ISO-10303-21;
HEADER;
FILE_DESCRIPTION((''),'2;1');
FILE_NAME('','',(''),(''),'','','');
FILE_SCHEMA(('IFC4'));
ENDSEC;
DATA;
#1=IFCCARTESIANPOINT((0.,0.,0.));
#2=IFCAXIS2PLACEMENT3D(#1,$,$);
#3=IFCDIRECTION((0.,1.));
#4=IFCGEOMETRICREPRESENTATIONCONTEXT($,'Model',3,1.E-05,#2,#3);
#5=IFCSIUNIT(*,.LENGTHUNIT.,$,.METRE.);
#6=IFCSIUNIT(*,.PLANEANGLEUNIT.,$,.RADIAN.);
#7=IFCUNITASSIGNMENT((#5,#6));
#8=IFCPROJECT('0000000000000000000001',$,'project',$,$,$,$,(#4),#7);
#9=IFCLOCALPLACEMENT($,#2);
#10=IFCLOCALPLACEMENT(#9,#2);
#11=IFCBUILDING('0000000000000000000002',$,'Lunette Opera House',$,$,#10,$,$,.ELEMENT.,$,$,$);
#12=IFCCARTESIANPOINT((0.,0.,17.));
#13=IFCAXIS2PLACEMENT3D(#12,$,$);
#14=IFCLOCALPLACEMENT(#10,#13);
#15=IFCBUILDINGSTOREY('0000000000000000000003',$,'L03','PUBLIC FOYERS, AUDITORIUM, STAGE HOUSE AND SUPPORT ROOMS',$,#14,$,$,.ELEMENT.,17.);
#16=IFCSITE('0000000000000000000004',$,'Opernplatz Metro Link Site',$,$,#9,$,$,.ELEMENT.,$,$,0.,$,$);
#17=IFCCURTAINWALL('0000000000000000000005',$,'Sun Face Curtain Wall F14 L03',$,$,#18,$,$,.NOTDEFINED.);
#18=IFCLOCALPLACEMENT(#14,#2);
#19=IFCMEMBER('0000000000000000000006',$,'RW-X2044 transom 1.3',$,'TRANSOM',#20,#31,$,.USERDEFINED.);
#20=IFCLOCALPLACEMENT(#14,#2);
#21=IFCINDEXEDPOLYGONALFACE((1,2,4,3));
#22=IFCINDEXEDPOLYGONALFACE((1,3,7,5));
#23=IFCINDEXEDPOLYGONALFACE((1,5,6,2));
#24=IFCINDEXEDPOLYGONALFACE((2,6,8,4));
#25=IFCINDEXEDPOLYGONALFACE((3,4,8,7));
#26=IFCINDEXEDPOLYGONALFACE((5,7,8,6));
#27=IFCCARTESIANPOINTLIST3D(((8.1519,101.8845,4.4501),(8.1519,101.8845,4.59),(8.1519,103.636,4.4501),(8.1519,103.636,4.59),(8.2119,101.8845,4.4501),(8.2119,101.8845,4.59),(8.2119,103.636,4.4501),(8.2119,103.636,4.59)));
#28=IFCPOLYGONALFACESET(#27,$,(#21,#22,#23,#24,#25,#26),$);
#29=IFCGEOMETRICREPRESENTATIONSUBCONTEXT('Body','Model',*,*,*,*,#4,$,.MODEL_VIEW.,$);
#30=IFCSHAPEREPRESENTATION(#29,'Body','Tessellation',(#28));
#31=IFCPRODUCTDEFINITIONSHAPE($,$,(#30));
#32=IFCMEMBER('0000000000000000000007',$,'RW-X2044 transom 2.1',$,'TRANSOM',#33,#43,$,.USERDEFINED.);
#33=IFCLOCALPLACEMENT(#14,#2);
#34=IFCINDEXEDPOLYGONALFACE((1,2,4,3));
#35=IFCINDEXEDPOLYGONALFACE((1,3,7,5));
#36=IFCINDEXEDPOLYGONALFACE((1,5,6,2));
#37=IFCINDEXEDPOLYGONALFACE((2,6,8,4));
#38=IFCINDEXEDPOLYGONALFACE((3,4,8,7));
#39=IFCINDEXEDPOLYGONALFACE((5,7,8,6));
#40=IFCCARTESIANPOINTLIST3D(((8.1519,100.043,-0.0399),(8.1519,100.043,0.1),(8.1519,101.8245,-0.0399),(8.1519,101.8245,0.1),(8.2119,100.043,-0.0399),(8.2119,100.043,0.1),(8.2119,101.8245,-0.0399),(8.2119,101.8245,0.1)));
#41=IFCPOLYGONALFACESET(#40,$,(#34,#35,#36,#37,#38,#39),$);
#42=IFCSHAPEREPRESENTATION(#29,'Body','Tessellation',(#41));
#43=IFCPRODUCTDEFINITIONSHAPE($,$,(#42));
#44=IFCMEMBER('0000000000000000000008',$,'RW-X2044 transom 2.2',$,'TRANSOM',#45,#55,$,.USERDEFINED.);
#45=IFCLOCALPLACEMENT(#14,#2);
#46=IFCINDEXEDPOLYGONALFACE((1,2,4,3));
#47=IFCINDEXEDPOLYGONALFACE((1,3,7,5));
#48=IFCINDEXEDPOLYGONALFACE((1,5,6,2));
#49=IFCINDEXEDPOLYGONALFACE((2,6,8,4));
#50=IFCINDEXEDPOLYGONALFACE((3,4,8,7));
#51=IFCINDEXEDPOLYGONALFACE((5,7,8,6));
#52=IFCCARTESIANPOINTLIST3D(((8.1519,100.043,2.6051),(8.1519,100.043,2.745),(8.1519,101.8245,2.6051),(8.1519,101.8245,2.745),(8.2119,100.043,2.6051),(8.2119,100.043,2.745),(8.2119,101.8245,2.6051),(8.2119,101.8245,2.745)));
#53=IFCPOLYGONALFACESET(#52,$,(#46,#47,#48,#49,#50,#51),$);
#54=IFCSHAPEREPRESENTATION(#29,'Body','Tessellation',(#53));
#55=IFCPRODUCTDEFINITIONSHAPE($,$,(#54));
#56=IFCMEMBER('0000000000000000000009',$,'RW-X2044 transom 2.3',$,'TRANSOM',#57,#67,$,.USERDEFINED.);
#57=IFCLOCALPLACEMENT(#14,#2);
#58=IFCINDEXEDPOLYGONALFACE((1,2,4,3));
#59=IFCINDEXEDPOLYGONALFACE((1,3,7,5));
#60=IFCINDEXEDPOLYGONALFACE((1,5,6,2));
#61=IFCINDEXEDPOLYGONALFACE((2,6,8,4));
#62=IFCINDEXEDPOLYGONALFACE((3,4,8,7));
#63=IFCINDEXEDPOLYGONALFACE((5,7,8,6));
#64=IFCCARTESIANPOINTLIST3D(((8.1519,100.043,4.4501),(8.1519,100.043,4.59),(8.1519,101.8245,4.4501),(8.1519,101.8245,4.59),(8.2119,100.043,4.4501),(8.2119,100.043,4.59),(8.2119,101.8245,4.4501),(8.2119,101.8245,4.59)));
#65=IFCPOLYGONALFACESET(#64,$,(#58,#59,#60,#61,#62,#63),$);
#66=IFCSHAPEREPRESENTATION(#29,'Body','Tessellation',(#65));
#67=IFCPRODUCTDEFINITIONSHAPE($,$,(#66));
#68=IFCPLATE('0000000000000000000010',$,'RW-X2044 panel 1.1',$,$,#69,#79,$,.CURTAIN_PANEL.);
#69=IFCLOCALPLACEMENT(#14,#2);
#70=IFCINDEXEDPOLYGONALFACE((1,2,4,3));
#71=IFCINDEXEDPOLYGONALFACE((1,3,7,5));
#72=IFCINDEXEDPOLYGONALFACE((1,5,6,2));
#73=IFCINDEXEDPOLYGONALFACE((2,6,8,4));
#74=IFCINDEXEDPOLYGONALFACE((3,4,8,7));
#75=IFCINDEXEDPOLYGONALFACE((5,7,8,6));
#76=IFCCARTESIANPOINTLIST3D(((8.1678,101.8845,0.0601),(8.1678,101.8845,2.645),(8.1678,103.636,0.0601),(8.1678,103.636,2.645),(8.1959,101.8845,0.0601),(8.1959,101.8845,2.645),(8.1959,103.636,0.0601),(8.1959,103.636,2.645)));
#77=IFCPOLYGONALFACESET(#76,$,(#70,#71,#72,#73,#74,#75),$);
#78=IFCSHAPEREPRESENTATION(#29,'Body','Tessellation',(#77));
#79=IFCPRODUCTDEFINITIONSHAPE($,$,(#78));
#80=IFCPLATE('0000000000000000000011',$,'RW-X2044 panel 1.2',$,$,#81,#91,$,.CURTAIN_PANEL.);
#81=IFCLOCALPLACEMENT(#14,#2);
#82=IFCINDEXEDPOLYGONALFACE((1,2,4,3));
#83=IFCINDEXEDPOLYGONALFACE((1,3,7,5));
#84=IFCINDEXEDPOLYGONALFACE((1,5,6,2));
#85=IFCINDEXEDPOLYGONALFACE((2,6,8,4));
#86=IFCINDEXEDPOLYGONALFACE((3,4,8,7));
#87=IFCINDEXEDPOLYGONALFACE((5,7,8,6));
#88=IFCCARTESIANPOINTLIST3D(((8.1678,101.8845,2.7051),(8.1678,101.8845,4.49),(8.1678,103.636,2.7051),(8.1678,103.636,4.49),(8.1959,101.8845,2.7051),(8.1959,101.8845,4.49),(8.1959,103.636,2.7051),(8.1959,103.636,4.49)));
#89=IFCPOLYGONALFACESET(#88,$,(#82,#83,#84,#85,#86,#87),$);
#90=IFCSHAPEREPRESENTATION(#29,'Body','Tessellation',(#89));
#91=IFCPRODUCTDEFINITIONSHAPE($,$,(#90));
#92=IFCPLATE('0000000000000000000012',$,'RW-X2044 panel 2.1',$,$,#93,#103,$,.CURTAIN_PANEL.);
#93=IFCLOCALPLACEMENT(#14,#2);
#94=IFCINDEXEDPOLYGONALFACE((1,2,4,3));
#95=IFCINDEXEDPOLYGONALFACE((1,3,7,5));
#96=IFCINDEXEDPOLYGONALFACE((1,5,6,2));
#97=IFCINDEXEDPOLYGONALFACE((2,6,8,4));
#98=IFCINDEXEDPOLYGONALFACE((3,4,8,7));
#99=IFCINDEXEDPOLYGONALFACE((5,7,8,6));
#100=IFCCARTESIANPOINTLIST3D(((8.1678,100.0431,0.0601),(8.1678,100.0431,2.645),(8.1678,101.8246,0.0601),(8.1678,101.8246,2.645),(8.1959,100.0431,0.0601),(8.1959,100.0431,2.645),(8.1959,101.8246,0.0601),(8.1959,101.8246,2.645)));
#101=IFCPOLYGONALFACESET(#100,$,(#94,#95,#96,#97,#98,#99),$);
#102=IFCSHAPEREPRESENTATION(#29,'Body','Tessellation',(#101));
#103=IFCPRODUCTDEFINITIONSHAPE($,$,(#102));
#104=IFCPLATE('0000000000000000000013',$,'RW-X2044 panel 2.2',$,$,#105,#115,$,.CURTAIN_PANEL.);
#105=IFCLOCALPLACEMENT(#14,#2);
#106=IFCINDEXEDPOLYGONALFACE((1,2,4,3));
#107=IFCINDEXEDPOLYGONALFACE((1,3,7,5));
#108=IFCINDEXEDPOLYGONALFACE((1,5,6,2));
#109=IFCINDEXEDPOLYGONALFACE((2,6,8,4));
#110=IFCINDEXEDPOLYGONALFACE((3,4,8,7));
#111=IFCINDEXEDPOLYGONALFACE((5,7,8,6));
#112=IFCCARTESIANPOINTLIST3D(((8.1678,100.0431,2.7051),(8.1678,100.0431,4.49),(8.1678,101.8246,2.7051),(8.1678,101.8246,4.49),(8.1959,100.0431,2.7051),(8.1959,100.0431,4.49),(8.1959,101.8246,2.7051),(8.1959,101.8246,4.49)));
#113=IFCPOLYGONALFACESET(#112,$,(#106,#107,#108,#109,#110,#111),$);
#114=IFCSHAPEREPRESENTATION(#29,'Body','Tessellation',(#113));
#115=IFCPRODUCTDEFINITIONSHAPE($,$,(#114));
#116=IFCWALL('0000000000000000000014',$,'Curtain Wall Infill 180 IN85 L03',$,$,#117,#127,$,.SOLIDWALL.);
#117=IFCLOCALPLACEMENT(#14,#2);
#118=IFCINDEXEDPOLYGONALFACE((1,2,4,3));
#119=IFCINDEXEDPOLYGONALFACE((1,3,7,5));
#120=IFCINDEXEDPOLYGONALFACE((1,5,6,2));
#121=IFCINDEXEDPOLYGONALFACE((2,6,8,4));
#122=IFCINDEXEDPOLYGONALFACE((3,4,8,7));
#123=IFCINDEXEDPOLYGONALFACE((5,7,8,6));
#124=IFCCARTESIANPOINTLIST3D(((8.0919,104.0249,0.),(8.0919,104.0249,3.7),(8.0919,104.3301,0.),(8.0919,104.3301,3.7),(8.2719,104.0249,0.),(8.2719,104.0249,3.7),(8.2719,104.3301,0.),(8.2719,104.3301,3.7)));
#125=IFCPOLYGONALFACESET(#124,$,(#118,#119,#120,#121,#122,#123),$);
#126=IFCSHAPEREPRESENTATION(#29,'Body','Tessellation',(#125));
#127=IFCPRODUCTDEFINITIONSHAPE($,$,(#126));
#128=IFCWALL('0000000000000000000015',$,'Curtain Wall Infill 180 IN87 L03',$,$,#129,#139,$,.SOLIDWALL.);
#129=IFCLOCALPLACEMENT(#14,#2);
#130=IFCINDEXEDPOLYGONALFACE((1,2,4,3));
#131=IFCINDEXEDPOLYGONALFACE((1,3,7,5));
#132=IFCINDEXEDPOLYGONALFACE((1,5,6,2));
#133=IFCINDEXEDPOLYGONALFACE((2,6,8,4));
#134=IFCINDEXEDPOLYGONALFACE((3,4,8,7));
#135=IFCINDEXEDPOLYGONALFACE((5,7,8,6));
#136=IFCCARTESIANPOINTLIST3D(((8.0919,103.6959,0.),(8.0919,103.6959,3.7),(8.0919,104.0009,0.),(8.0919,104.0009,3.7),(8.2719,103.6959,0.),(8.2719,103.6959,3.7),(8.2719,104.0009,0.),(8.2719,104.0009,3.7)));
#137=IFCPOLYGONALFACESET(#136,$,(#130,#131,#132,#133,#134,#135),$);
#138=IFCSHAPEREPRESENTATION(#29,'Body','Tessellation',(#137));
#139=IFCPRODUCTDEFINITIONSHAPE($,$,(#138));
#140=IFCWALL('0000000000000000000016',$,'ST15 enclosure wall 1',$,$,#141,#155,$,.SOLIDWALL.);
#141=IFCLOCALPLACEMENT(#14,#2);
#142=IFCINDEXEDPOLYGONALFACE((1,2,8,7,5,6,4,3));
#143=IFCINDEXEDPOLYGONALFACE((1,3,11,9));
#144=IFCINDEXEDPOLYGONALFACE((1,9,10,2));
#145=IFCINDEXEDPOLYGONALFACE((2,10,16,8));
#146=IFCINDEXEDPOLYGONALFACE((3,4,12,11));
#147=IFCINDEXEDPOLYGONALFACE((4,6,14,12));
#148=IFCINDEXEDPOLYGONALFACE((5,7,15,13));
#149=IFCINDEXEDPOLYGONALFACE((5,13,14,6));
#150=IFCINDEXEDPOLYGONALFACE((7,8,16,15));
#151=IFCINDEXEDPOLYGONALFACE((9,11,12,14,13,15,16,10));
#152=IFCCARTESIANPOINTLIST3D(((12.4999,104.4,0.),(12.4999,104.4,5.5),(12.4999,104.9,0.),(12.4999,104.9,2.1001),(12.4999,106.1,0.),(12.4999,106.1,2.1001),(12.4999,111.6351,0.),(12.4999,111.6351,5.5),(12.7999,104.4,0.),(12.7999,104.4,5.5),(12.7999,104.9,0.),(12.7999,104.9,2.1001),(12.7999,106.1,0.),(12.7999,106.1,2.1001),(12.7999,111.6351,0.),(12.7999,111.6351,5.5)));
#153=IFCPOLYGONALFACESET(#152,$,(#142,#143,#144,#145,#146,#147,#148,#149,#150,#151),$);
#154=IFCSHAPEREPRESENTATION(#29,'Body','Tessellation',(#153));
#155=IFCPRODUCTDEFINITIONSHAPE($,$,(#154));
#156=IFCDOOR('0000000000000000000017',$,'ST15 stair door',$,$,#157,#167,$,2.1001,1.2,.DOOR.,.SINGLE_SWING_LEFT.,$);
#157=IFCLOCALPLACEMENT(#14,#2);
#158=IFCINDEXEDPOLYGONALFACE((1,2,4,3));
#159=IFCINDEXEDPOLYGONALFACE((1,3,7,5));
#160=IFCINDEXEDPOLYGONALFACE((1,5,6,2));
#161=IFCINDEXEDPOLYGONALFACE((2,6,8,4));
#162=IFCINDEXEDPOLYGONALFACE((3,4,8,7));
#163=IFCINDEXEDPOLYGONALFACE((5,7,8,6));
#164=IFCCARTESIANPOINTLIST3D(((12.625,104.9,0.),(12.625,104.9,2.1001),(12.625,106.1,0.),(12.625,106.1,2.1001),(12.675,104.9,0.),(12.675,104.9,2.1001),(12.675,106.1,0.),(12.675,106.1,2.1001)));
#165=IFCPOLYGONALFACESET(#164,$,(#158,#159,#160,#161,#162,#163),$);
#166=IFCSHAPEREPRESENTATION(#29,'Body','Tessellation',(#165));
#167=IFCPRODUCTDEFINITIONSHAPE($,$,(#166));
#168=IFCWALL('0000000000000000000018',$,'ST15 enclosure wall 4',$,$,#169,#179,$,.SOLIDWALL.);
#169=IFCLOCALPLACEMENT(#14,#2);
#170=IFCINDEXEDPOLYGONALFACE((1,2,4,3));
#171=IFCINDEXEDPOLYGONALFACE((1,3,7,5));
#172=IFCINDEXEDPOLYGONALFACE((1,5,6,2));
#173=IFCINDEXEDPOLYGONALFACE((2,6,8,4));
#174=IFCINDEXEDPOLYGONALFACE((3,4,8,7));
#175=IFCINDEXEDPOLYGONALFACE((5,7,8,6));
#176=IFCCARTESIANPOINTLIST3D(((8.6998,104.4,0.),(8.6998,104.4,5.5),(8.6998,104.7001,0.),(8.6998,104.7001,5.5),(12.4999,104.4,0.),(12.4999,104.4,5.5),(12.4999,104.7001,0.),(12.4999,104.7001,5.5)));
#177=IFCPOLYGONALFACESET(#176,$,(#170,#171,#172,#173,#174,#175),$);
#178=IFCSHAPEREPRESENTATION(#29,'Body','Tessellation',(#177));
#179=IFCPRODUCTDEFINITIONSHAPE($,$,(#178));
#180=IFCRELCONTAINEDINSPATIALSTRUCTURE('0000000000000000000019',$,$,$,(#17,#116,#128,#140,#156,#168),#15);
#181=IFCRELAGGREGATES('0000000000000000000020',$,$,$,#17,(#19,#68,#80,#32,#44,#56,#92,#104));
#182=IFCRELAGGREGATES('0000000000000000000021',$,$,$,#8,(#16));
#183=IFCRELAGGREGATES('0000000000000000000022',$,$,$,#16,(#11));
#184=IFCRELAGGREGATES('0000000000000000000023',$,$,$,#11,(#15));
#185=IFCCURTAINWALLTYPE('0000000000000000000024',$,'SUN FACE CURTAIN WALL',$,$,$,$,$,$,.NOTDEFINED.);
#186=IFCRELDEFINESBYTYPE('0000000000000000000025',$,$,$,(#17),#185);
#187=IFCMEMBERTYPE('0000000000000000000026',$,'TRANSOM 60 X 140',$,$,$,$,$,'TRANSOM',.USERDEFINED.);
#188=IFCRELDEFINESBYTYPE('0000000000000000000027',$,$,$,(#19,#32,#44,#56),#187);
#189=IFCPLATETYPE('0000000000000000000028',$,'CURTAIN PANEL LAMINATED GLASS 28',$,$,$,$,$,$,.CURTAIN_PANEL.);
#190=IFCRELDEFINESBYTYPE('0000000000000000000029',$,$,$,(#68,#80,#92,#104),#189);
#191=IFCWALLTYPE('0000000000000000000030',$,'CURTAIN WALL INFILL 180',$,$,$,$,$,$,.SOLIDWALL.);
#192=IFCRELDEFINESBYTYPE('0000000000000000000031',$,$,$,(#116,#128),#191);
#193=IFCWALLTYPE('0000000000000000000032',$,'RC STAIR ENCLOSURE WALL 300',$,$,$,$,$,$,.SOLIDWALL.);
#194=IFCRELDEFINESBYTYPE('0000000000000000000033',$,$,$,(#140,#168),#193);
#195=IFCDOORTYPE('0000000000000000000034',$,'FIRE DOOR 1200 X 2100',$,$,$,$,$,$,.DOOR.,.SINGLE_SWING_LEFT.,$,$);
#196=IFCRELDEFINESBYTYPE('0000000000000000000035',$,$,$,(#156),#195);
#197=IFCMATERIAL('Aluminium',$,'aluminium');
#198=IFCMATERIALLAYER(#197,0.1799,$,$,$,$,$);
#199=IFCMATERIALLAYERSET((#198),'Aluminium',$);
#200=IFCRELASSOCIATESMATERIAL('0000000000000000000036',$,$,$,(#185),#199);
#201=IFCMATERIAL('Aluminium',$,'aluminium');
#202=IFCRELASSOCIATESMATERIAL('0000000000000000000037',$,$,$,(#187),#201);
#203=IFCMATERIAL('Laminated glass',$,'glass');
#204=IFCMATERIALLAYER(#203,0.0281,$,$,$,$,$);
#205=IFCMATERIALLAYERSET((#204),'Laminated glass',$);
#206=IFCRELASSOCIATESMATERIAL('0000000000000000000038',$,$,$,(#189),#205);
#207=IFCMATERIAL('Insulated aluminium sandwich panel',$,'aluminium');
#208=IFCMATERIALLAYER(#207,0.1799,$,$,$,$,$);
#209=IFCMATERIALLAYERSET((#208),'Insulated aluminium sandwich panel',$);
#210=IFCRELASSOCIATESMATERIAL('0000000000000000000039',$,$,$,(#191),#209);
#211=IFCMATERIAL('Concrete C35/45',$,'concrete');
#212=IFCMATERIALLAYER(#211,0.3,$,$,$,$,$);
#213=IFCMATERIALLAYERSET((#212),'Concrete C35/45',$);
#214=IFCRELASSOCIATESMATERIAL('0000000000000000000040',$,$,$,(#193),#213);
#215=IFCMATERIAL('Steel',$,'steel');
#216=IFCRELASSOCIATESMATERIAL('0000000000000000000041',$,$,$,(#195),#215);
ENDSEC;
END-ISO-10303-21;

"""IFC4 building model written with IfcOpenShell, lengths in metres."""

from ifc_helpers import new_model, si_unit, direction, frame, frame_2d, origin, origin_2d, place, context, subcontext, project, spatial, rectangle, extrude, material, layer, layer_set, material_profile, profile_set, type_object, element, fill, aggregate, save


model = new_model("IFC4")

# Units and contexts
model_context = context("Model", 3, precision=1e-05, world=origin(), true_north=direction((0.0, 1.0)))
body_context = subcontext(model_context, "Body", "Model", "MODEL_VIEW")
ifc_project = project(units=[si_unit("LENGTHUNIT", "METRE"), si_unit("PLANEANGLEUNIT", "RADIAN")], contexts=[model_context])

# Site, building, storey
site_placement = place(None, origin())
site = spatial("IfcSite", under=ifc_project, at=site_placement, Name="Opernplatz Metro Link Site", CompositionType="ELEMENT", RefElevation=0.0)
building_placement = place(site_placement, origin())
building = spatial("IfcBuilding", under=site, at=building_placement, Name="Lunette Opera House", CompositionType="ELEMENT")
storey_placement = place(building_placement, frame((0.0, 0.0, 17.0)))
storey = spatial("IfcBuildingStorey", under=building, at=storey_placement, Name="L03", Description="PUBLIC FOYERS, AUDITORIUM, STAGE HOUSE AND SUPPORT ROOMS", CompositionType="ELEMENT", Elevation=17.0)

# Shared definitions
ifc_material_1 = material(Name="Aluminium", Category="aluminium")
ifc_layer_1 = layer(ifc_material_1, 0.1799)
ifc_layer_set_1 = layer_set([ifc_layer_1], Name="Aluminium")
curtain_wall_type = type_object("IfcCurtainWallType", Name="SUN FACE CURTAIN WALL", PredefinedType="NOTDEFINED", material=ifc_layer_set_1)

# Curtain wall
curtain_wall_1_placement = place(storey_placement, origin())
curtain_wall_1 = element("IfcCurtainWall", 1, at=curtain_wall_1_placement, inside=storey, type_object=curtain_wall_type, Name="Sun Face Curtain Wall F14 L03", PredefinedType="NOTDEFINED")

# Members
ifc_material_2 = material(Name="Aluminium", Category="aluminium")
ifc_material_profile_1 = material_profile(ifc_material_2, rectangle(XDim=0.0601, YDim=0.1399, at=origin_2d()), Name="TRANSOM 60 X 140")
ifc_profile_set_1 = profile_set([ifc_material_profile_1], Name="Aluminium")
member_type_1 = type_object("IfcMemberType", Name="TRANSOM 60 X 140", ElementType="TRANSOM", PredefinedType="USERDEFINED", material=ifc_profile_set_1)
member_1_placement = place(storey_placement, frame((8.1819, 103.636, 4.52), z_axis=(0.0, -1.0, 0.0), x_axis=(1.0, 0.0, 0.0)))
member_1 = element("IfcMember", 2, at=member_1_placement, type_object=member_type_1, Name="RW-X2044 transom 1.3", ObjectType="TRANSOM", PredefinedType="USERDEFINED", context=body_context, shape_type="SweptSolid", body=[
    extrude(rectangle(XDim=0.0601, YDim=0.1399, at=origin_2d()), origin(), (0.0, 0.0, 1.0), 1.7515),
])
member_2_placement = place(storey_placement, frame((8.1819, 101.8245, 0.03), z_axis=(0.0, -1.0, 0.0), x_axis=(1.0, 0.0, 0.0)))
member_2 = element("IfcMember", 3, at=member_2_placement, type_object=member_type_1, Name="RW-X2044 transom 2.1", ObjectType="TRANSOM", PredefinedType="USERDEFINED", context=body_context, shape_type="SweptSolid", body=[
    extrude(rectangle(XDim=0.0601, YDim=0.1399, at=origin_2d()), origin(), (0.0, 0.0, 1.0), 1.7815),
])
member_3_placement = place(storey_placement, frame((8.1819, 101.8245, 2.675), z_axis=(0.0, -1.0, 0.0), x_axis=(1.0, 0.0, 0.0)))
member_3 = element("IfcMember", 4, at=member_3_placement, type_object=member_type_1, Name="RW-X2044 transom 2.2", ObjectType="TRANSOM", PredefinedType="USERDEFINED", context=body_context, shape_type="SweptSolid", body=[
    extrude(rectangle(XDim=0.0601, YDim=0.1399, at=origin_2d()), origin(), (0.0, 0.0, 1.0), 1.7815),
])
member_4_placement = place(storey_placement, frame((8.1819, 101.8245, 4.52), z_axis=(0.0, -1.0, 0.0), x_axis=(1.0, 0.0, 0.0)))
member_4 = element("IfcMember", 5, at=member_4_placement, type_object=member_type_1, Name="RW-X2044 transom 2.3", ObjectType="TRANSOM", PredefinedType="USERDEFINED", context=body_context, shape_type="SweptSolid", body=[
    extrude(rectangle(XDim=0.0601, YDim=0.1399, at=origin_2d()), origin(), (0.0, 0.0, 1.0), 1.7815),
])

# Plates
ifc_material_3 = material(Name="Laminated glass", Category="glass")
ifc_layer_2 = layer(ifc_material_3, 0.0281)
ifc_layer_set_2 = layer_set([ifc_layer_2], Name="Laminated glass")
plate_type = type_object("IfcPlateType", Name="CURTAIN PANEL LAMINATED GLASS 28", PredefinedType="CURTAIN_PANEL", material=ifc_layer_set_2)
plate_1_placement = place(storey_placement, frame((8.1819, 102.7603, 0.0601), z_axis=(0.0, 0.0, 1.0), x_axis=(0.0, -1.0, 0.0)))
plate_1 = element("IfcPlate", 6, at=plate_1_placement, type_object=plate_type, Name="RW-X2044 panel 1.1", PredefinedType="CURTAIN_PANEL", context=body_context, shape_type="SweptSolid", body=[
    extrude(rectangle(XDim=1.7515, YDim=0.0281, at=origin_2d()), origin(), (0.0, 0.0, 1.0), 2.585),
])
plate_2_placement = place(storey_placement, frame((8.1819, 102.7603, 2.7051), z_axis=(0.0, 0.0, 1.0), x_axis=(0.0, -1.0, 0.0)))
plate_2 = element("IfcPlate", 7, at=plate_2_placement, type_object=plate_type, Name="RW-X2044 panel 1.2", PredefinedType="CURTAIN_PANEL", context=body_context, shape_type="SweptSolid", body=[
    extrude(rectangle(XDim=1.7515, YDim=0.0281, at=origin_2d()), origin(), (0.0, 0.0, 1.0), 1.7849),
])
plate_3_placement = place(storey_placement, frame((8.1819, 100.9338, 0.0601), z_axis=(0.0, 0.0, 1.0), x_axis=(0.0, -1.0, 0.0)))
plate_3 = element("IfcPlate", 8, at=plate_3_placement, type_object=plate_type, Name="RW-X2044 panel 2.1", PredefinedType="CURTAIN_PANEL", context=body_context, shape_type="SweptSolid", body=[
    extrude(rectangle(XDim=1.7815, YDim=0.0281, at=origin_2d()), origin(), (0.0, 0.0, 1.0), 2.585),
])
plate_4_placement = place(storey_placement, frame((8.1819, 100.9338, 2.7051), z_axis=(0.0, 0.0, 1.0), x_axis=(0.0, -1.0, 0.0)))
plate_4 = element("IfcPlate", 9, at=plate_4_placement, type_object=plate_type, Name="RW-X2044 panel 2.2", PredefinedType="CURTAIN_PANEL", context=body_context, shape_type="SweptSolid", body=[
    extrude(rectangle(XDim=1.7815, YDim=0.0281, at=origin_2d()), origin(), (0.0, 0.0, 1.0), 1.7849),
])
aggregate(curtain_wall_1, [member_1, plate_1, plate_2, member_2, member_3, member_4, plate_3, plate_4])

# Walls
ifc_material_4 = material(Name="Insulated aluminium sandwich panel", Category="aluminium")
ifc_layer_3 = layer(ifc_material_4, 0.1799)
ifc_layer_set_3 = layer_set([ifc_layer_3], Name="Insulated aluminium sandwich panel")
wall_type_1 = type_object("IfcWallType", Name="CURTAIN WALL INFILL 180", PredefinedType="SOLIDWALL", material=ifc_layer_set_3)
wall_1_placement = place(storey_placement, frame((8.1819, 104.3301, 0.0), z_axis=(0.0, 0.0, 1.0), x_axis=(0.0, -1.0, 0.0)))
element("IfcWall", 10, at=wall_1_placement, inside=storey, type_object=wall_type_1, Name="Curtain Wall Infill 180 IN85 L03", PredefinedType="SOLIDWALL", context=body_context, shape_type="SweptSolid", body=[
    extrude(rectangle(XDim=0.3052, YDim=0.1799, at=frame_2d((0.1526, 0.0))), origin(), (0.0, 0.0, 1.0), 3.7),
])
wall_2_placement = place(storey_placement, frame((8.1819, 103.696, 0.0), z_axis=(0.0, 0.0, 1.0), x_axis=(0.0, 1.0, 0.0)))
element("IfcWall", 11, at=wall_2_placement, inside=storey, type_object=wall_type_1, Name="Curtain Wall Infill 180 IN87 L03", PredefinedType="SOLIDWALL", context=body_context, shape_type="SweptSolid", body=[
    extrude(rectangle(XDim=0.3049, YDim=0.1799, at=frame_2d((0.1523, 0.0))), origin(), (0.0, 0.0, 1.0), 3.7),
])

# Wall, opening, door
ifc_material_5 = material(Name="Concrete C35/45", Category="concrete")
ifc_layer_4 = layer(ifc_material_5, 0.3)
ifc_layer_set_4 = layer_set([ifc_layer_4], Name="Concrete C35/45")
wall_type_2 = type_object("IfcWallType", Name="RC STAIR ENCLOSURE WALL 300", PredefinedType="SOLIDWALL", material=ifc_layer_set_4)
wall_3_placement = place(storey_placement, frame((12.6499, 104.3999, 0.0), z_axis=(0.0, 0.0, 1.0), x_axis=(0.0, 1.0, 0.0)))
wall_3 = element("IfcWall", 12, at=wall_3_placement, inside=storey, type_object=wall_type_2, Name="ST15 enclosure wall 1", PredefinedType="SOLIDWALL", context=body_context, shape_type="SweptSolid", body=[
    extrude(rectangle(XDim=7.2351, YDim=0.3, at=frame_2d((3.6177, 0.0))), origin(), (0.0, 0.0, 1.0), 5.5),
])
opening_placement = place(wall_3_placement, frame((0.5, 0.0, 0.0)))
opening = element("IfcOpeningElement", 13, at=opening_placement, cuts=wall_3, PredefinedType="OPENING", context=body_context, shape_type="SweptSolid", body=[
    extrude(rectangle(XDim=1.2, YDim=2.1001, at=frame_2d((0.6001, 1.05))), frame((0.0, 0.1621, 0.0), z_axis=(0.0, -1.0, 0.0), x_axis=(1.0, 0.0, 0.0)), (0.0, 0.0, 1.0), 0.324),
])
ifc_material_6 = material(Name="Steel", Category="steel")
door_type = type_object("IfcDoorType", Name="FIRE DOOR 1200 X 2100", OperationType="SINGLE_SWING_LEFT", PredefinedType="DOOR", material=ifc_material_6)
door_placement = place(opening_placement, origin())
door = element("IfcDoor", 14, at=door_placement, inside=storey, type_object=door_type, Name="ST15 stair door", OperationType="SINGLE_SWING_LEFT", OverallHeight=2.1001, OverallWidth=1.2, PredefinedType="DOOR", context=body_context, shape_type="SweptSolid", body=[
    extrude(rectangle(XDim=1.2, YDim=2.1001, at=frame_2d((0.6001, 1.05))), frame((0.0, 0.0249, 0.0), z_axis=(0.0, -1.0, 0.0), x_axis=(1.0, 0.0, 0.0)), (0.0, 0.0, 1.0), 0.05),
])
fill(opening, door)

# Wall
wall_4_placement = place(storey_placement, frame((8.7, 104.55, 0.0), z_axis=(0.0, 0.0, 1.0), x_axis=(1.0, 0.0, 0.0)))
element("IfcWall", 15, at=wall_4_placement, inside=storey, type_object=wall_type_2, Name="ST15 enclosure wall 4", PredefinedType="SOLIDWALL", context=body_context, shape_type="SweptSolid", body=[
    extrude(rectangle(XDim=3.8, YDim=0.3, at=frame_2d((1.8999, 0.0))), origin(), (0.0, 0.0, 1.0), 5.5),
])

save(model, "model.ifc")
